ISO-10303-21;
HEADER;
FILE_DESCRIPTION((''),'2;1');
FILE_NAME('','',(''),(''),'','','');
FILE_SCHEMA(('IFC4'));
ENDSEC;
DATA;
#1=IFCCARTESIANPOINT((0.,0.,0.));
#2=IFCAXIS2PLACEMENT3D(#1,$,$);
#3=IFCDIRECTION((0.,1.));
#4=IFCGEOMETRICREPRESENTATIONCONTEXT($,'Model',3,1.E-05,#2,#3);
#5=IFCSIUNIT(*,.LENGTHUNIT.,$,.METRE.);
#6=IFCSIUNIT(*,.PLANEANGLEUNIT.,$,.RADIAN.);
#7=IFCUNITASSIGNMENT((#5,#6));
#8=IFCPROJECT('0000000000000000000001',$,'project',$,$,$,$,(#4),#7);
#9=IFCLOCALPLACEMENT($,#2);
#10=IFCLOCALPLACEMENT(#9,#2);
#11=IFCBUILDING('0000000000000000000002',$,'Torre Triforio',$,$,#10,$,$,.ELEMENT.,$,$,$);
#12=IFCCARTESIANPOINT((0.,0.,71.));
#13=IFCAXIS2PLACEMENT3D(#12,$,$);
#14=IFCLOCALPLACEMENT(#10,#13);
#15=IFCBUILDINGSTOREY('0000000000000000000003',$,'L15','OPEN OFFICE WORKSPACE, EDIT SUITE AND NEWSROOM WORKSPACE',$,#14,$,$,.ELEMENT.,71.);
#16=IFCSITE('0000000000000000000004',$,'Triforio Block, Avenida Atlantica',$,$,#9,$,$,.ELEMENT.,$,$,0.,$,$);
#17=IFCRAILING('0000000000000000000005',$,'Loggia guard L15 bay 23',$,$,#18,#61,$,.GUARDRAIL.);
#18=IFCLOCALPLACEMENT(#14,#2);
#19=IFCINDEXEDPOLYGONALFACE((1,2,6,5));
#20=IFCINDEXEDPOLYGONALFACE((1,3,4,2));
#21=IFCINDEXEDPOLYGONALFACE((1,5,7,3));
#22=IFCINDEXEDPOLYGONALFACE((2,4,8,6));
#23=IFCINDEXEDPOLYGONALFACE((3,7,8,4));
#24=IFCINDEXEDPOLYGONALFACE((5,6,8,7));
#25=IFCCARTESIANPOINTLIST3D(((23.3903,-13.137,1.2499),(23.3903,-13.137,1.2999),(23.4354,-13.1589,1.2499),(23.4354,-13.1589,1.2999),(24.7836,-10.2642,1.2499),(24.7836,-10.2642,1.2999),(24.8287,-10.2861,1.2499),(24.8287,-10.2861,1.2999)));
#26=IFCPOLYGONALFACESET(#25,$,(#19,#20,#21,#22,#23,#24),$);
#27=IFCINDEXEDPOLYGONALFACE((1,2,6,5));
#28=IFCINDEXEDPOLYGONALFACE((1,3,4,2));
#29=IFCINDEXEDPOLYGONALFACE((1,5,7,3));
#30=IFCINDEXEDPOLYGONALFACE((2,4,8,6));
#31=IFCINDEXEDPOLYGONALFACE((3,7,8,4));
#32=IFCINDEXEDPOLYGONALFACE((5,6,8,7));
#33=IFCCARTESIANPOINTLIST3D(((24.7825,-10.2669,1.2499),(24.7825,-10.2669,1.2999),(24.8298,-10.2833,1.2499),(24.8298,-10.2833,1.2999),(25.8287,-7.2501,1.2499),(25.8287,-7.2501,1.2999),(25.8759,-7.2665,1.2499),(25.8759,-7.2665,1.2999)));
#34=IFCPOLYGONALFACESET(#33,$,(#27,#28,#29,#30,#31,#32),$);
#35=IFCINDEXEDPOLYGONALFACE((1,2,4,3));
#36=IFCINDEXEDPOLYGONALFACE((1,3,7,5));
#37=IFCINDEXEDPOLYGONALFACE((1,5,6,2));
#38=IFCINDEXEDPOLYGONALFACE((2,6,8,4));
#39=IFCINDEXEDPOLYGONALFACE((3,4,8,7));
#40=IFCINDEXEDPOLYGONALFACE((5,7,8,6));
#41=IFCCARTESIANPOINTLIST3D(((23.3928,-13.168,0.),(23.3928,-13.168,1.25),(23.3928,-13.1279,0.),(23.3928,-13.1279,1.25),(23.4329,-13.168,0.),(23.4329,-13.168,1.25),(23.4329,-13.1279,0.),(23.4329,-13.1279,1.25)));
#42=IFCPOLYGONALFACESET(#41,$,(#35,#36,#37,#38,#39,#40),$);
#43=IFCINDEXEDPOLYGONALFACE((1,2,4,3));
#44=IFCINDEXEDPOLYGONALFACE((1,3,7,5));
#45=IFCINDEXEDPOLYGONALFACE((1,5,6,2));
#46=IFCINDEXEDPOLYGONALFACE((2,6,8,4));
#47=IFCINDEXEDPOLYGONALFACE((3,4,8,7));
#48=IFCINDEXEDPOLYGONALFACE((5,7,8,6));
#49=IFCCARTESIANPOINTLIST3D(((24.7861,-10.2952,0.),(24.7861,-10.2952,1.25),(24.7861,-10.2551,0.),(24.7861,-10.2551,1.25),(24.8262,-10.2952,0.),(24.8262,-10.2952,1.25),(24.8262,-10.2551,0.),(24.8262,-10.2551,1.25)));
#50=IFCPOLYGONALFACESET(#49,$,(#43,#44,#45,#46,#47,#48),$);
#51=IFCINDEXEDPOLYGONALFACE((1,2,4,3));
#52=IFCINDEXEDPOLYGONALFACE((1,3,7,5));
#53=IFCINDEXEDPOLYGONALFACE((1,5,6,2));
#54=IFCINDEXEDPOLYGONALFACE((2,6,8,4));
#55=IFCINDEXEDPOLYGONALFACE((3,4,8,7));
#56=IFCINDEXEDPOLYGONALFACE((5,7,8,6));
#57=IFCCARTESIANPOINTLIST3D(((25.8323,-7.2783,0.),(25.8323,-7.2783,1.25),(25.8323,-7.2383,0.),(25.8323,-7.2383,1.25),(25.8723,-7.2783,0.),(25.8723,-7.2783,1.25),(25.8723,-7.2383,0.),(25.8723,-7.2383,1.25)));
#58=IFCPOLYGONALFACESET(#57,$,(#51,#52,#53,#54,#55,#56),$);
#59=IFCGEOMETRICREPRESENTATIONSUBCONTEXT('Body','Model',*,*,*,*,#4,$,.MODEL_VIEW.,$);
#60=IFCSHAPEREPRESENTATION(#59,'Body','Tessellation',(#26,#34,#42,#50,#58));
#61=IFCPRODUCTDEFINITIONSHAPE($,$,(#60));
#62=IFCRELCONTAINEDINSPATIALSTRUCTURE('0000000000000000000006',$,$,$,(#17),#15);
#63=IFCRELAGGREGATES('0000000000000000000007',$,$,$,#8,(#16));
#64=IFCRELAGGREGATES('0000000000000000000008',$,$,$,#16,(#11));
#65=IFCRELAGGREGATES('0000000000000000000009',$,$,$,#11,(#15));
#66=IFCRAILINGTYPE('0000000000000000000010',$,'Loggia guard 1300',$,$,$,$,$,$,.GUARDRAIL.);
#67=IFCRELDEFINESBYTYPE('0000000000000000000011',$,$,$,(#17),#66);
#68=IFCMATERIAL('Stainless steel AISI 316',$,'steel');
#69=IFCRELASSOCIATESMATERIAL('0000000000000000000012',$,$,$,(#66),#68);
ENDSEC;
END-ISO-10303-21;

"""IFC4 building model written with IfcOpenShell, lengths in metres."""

from ifc_helpers import new_model, si_unit, direction, frame, origin, origin_2d, place, context, subcontext, project, spatial, rectangle, extrude, material, type_object, element, save


model = new_model("IFC4")

# Units and contexts
model_context = context("Model", 3, precision=1e-05, world=origin(), true_north=direction((0.0, 1.0)))
body_context = subcontext(model_context, "Body", "Model", "MODEL_VIEW")
ifc_project = project(units=[si_unit("LENGTHUNIT", "METRE"), si_unit("PLANEANGLEUNIT", "RADIAN")], contexts=[model_context])

# Site, building, storey
site_placement = place(None, origin())
site = spatial("IfcSite", under=ifc_project, at=site_placement, Name="Triforio Block, Avenida Atlantica", CompositionType="ELEMENT", RefElevation=0.0)
building_placement = place(site_placement, origin())
building = spatial("IfcBuilding", under=site, at=building_placement, Name="Torre Triforio", CompositionType="ELEMENT")
storey_placement = place(building_placement, frame((0.0, 0.0, 71.0)))
storey = spatial("IfcBuildingStorey", under=building, at=storey_placement, Name="L15", Description="OPEN OFFICE WORKSPACE, EDIT SUITE AND NEWSROOM WORKSPACE", CompositionType="ELEMENT", Elevation=71.0)

# Railing
ifc_material_1 = material(Name="Stainless steel AISI 316", Category="steel")
railing_type = type_object("IfcRailingType", Name="Loggia guard 1300", PredefinedType="GUARDRAIL", material=ifc_material_1)
railing_1_placement = place(storey_placement, frame((23.4128, -13.1479, 0.0)))
element("IfcRailing", 1, at=railing_1_placement, inside=storey, type_object=railing_type, Name="Loggia guard L15 bay 23", PredefinedType="GUARDRAIL", context=body_context, shape_type="SweptSolid", body=[
    extrude(rectangle(XDim=0.05, YDim=0.05, at=origin_2d()), frame((0.0, 0.0, 1.2749), z_axis=(0.436384, 0.89976, 0.0), x_axis=(-0.89976, 0.436384, 0.0)), (0.0, 0.0, 1.0), 3.1929),
    extrude(rectangle(XDim=0.05, YDim=0.05, at=origin_2d()), frame((1.3933, 2.8728, 1.2749), z_axis=(0.327628, 0.944807, 0.0), x_axis=(-0.944807, 0.327628, 0.0)), (0.0, 0.0, 1.0), 3.1931),
    extrude(rectangle(XDim=0.04, YDim=0.04, at=origin_2d()), origin(), (0.0, 0.0, 1.0), 1.25),
    extrude(rectangle(XDim=0.04, YDim=0.04, at=origin_2d()), frame((1.3933, 2.8728, 0.0)), (0.0, 0.0, 1.0), 1.25),
    extrude(rectangle(XDim=0.04, YDim=0.04, at=origin_2d()), frame((2.4395, 5.8896, 0.0)), (0.0, 0.0, 1.0), 1.25),
])

save(model, "model.ifc")
